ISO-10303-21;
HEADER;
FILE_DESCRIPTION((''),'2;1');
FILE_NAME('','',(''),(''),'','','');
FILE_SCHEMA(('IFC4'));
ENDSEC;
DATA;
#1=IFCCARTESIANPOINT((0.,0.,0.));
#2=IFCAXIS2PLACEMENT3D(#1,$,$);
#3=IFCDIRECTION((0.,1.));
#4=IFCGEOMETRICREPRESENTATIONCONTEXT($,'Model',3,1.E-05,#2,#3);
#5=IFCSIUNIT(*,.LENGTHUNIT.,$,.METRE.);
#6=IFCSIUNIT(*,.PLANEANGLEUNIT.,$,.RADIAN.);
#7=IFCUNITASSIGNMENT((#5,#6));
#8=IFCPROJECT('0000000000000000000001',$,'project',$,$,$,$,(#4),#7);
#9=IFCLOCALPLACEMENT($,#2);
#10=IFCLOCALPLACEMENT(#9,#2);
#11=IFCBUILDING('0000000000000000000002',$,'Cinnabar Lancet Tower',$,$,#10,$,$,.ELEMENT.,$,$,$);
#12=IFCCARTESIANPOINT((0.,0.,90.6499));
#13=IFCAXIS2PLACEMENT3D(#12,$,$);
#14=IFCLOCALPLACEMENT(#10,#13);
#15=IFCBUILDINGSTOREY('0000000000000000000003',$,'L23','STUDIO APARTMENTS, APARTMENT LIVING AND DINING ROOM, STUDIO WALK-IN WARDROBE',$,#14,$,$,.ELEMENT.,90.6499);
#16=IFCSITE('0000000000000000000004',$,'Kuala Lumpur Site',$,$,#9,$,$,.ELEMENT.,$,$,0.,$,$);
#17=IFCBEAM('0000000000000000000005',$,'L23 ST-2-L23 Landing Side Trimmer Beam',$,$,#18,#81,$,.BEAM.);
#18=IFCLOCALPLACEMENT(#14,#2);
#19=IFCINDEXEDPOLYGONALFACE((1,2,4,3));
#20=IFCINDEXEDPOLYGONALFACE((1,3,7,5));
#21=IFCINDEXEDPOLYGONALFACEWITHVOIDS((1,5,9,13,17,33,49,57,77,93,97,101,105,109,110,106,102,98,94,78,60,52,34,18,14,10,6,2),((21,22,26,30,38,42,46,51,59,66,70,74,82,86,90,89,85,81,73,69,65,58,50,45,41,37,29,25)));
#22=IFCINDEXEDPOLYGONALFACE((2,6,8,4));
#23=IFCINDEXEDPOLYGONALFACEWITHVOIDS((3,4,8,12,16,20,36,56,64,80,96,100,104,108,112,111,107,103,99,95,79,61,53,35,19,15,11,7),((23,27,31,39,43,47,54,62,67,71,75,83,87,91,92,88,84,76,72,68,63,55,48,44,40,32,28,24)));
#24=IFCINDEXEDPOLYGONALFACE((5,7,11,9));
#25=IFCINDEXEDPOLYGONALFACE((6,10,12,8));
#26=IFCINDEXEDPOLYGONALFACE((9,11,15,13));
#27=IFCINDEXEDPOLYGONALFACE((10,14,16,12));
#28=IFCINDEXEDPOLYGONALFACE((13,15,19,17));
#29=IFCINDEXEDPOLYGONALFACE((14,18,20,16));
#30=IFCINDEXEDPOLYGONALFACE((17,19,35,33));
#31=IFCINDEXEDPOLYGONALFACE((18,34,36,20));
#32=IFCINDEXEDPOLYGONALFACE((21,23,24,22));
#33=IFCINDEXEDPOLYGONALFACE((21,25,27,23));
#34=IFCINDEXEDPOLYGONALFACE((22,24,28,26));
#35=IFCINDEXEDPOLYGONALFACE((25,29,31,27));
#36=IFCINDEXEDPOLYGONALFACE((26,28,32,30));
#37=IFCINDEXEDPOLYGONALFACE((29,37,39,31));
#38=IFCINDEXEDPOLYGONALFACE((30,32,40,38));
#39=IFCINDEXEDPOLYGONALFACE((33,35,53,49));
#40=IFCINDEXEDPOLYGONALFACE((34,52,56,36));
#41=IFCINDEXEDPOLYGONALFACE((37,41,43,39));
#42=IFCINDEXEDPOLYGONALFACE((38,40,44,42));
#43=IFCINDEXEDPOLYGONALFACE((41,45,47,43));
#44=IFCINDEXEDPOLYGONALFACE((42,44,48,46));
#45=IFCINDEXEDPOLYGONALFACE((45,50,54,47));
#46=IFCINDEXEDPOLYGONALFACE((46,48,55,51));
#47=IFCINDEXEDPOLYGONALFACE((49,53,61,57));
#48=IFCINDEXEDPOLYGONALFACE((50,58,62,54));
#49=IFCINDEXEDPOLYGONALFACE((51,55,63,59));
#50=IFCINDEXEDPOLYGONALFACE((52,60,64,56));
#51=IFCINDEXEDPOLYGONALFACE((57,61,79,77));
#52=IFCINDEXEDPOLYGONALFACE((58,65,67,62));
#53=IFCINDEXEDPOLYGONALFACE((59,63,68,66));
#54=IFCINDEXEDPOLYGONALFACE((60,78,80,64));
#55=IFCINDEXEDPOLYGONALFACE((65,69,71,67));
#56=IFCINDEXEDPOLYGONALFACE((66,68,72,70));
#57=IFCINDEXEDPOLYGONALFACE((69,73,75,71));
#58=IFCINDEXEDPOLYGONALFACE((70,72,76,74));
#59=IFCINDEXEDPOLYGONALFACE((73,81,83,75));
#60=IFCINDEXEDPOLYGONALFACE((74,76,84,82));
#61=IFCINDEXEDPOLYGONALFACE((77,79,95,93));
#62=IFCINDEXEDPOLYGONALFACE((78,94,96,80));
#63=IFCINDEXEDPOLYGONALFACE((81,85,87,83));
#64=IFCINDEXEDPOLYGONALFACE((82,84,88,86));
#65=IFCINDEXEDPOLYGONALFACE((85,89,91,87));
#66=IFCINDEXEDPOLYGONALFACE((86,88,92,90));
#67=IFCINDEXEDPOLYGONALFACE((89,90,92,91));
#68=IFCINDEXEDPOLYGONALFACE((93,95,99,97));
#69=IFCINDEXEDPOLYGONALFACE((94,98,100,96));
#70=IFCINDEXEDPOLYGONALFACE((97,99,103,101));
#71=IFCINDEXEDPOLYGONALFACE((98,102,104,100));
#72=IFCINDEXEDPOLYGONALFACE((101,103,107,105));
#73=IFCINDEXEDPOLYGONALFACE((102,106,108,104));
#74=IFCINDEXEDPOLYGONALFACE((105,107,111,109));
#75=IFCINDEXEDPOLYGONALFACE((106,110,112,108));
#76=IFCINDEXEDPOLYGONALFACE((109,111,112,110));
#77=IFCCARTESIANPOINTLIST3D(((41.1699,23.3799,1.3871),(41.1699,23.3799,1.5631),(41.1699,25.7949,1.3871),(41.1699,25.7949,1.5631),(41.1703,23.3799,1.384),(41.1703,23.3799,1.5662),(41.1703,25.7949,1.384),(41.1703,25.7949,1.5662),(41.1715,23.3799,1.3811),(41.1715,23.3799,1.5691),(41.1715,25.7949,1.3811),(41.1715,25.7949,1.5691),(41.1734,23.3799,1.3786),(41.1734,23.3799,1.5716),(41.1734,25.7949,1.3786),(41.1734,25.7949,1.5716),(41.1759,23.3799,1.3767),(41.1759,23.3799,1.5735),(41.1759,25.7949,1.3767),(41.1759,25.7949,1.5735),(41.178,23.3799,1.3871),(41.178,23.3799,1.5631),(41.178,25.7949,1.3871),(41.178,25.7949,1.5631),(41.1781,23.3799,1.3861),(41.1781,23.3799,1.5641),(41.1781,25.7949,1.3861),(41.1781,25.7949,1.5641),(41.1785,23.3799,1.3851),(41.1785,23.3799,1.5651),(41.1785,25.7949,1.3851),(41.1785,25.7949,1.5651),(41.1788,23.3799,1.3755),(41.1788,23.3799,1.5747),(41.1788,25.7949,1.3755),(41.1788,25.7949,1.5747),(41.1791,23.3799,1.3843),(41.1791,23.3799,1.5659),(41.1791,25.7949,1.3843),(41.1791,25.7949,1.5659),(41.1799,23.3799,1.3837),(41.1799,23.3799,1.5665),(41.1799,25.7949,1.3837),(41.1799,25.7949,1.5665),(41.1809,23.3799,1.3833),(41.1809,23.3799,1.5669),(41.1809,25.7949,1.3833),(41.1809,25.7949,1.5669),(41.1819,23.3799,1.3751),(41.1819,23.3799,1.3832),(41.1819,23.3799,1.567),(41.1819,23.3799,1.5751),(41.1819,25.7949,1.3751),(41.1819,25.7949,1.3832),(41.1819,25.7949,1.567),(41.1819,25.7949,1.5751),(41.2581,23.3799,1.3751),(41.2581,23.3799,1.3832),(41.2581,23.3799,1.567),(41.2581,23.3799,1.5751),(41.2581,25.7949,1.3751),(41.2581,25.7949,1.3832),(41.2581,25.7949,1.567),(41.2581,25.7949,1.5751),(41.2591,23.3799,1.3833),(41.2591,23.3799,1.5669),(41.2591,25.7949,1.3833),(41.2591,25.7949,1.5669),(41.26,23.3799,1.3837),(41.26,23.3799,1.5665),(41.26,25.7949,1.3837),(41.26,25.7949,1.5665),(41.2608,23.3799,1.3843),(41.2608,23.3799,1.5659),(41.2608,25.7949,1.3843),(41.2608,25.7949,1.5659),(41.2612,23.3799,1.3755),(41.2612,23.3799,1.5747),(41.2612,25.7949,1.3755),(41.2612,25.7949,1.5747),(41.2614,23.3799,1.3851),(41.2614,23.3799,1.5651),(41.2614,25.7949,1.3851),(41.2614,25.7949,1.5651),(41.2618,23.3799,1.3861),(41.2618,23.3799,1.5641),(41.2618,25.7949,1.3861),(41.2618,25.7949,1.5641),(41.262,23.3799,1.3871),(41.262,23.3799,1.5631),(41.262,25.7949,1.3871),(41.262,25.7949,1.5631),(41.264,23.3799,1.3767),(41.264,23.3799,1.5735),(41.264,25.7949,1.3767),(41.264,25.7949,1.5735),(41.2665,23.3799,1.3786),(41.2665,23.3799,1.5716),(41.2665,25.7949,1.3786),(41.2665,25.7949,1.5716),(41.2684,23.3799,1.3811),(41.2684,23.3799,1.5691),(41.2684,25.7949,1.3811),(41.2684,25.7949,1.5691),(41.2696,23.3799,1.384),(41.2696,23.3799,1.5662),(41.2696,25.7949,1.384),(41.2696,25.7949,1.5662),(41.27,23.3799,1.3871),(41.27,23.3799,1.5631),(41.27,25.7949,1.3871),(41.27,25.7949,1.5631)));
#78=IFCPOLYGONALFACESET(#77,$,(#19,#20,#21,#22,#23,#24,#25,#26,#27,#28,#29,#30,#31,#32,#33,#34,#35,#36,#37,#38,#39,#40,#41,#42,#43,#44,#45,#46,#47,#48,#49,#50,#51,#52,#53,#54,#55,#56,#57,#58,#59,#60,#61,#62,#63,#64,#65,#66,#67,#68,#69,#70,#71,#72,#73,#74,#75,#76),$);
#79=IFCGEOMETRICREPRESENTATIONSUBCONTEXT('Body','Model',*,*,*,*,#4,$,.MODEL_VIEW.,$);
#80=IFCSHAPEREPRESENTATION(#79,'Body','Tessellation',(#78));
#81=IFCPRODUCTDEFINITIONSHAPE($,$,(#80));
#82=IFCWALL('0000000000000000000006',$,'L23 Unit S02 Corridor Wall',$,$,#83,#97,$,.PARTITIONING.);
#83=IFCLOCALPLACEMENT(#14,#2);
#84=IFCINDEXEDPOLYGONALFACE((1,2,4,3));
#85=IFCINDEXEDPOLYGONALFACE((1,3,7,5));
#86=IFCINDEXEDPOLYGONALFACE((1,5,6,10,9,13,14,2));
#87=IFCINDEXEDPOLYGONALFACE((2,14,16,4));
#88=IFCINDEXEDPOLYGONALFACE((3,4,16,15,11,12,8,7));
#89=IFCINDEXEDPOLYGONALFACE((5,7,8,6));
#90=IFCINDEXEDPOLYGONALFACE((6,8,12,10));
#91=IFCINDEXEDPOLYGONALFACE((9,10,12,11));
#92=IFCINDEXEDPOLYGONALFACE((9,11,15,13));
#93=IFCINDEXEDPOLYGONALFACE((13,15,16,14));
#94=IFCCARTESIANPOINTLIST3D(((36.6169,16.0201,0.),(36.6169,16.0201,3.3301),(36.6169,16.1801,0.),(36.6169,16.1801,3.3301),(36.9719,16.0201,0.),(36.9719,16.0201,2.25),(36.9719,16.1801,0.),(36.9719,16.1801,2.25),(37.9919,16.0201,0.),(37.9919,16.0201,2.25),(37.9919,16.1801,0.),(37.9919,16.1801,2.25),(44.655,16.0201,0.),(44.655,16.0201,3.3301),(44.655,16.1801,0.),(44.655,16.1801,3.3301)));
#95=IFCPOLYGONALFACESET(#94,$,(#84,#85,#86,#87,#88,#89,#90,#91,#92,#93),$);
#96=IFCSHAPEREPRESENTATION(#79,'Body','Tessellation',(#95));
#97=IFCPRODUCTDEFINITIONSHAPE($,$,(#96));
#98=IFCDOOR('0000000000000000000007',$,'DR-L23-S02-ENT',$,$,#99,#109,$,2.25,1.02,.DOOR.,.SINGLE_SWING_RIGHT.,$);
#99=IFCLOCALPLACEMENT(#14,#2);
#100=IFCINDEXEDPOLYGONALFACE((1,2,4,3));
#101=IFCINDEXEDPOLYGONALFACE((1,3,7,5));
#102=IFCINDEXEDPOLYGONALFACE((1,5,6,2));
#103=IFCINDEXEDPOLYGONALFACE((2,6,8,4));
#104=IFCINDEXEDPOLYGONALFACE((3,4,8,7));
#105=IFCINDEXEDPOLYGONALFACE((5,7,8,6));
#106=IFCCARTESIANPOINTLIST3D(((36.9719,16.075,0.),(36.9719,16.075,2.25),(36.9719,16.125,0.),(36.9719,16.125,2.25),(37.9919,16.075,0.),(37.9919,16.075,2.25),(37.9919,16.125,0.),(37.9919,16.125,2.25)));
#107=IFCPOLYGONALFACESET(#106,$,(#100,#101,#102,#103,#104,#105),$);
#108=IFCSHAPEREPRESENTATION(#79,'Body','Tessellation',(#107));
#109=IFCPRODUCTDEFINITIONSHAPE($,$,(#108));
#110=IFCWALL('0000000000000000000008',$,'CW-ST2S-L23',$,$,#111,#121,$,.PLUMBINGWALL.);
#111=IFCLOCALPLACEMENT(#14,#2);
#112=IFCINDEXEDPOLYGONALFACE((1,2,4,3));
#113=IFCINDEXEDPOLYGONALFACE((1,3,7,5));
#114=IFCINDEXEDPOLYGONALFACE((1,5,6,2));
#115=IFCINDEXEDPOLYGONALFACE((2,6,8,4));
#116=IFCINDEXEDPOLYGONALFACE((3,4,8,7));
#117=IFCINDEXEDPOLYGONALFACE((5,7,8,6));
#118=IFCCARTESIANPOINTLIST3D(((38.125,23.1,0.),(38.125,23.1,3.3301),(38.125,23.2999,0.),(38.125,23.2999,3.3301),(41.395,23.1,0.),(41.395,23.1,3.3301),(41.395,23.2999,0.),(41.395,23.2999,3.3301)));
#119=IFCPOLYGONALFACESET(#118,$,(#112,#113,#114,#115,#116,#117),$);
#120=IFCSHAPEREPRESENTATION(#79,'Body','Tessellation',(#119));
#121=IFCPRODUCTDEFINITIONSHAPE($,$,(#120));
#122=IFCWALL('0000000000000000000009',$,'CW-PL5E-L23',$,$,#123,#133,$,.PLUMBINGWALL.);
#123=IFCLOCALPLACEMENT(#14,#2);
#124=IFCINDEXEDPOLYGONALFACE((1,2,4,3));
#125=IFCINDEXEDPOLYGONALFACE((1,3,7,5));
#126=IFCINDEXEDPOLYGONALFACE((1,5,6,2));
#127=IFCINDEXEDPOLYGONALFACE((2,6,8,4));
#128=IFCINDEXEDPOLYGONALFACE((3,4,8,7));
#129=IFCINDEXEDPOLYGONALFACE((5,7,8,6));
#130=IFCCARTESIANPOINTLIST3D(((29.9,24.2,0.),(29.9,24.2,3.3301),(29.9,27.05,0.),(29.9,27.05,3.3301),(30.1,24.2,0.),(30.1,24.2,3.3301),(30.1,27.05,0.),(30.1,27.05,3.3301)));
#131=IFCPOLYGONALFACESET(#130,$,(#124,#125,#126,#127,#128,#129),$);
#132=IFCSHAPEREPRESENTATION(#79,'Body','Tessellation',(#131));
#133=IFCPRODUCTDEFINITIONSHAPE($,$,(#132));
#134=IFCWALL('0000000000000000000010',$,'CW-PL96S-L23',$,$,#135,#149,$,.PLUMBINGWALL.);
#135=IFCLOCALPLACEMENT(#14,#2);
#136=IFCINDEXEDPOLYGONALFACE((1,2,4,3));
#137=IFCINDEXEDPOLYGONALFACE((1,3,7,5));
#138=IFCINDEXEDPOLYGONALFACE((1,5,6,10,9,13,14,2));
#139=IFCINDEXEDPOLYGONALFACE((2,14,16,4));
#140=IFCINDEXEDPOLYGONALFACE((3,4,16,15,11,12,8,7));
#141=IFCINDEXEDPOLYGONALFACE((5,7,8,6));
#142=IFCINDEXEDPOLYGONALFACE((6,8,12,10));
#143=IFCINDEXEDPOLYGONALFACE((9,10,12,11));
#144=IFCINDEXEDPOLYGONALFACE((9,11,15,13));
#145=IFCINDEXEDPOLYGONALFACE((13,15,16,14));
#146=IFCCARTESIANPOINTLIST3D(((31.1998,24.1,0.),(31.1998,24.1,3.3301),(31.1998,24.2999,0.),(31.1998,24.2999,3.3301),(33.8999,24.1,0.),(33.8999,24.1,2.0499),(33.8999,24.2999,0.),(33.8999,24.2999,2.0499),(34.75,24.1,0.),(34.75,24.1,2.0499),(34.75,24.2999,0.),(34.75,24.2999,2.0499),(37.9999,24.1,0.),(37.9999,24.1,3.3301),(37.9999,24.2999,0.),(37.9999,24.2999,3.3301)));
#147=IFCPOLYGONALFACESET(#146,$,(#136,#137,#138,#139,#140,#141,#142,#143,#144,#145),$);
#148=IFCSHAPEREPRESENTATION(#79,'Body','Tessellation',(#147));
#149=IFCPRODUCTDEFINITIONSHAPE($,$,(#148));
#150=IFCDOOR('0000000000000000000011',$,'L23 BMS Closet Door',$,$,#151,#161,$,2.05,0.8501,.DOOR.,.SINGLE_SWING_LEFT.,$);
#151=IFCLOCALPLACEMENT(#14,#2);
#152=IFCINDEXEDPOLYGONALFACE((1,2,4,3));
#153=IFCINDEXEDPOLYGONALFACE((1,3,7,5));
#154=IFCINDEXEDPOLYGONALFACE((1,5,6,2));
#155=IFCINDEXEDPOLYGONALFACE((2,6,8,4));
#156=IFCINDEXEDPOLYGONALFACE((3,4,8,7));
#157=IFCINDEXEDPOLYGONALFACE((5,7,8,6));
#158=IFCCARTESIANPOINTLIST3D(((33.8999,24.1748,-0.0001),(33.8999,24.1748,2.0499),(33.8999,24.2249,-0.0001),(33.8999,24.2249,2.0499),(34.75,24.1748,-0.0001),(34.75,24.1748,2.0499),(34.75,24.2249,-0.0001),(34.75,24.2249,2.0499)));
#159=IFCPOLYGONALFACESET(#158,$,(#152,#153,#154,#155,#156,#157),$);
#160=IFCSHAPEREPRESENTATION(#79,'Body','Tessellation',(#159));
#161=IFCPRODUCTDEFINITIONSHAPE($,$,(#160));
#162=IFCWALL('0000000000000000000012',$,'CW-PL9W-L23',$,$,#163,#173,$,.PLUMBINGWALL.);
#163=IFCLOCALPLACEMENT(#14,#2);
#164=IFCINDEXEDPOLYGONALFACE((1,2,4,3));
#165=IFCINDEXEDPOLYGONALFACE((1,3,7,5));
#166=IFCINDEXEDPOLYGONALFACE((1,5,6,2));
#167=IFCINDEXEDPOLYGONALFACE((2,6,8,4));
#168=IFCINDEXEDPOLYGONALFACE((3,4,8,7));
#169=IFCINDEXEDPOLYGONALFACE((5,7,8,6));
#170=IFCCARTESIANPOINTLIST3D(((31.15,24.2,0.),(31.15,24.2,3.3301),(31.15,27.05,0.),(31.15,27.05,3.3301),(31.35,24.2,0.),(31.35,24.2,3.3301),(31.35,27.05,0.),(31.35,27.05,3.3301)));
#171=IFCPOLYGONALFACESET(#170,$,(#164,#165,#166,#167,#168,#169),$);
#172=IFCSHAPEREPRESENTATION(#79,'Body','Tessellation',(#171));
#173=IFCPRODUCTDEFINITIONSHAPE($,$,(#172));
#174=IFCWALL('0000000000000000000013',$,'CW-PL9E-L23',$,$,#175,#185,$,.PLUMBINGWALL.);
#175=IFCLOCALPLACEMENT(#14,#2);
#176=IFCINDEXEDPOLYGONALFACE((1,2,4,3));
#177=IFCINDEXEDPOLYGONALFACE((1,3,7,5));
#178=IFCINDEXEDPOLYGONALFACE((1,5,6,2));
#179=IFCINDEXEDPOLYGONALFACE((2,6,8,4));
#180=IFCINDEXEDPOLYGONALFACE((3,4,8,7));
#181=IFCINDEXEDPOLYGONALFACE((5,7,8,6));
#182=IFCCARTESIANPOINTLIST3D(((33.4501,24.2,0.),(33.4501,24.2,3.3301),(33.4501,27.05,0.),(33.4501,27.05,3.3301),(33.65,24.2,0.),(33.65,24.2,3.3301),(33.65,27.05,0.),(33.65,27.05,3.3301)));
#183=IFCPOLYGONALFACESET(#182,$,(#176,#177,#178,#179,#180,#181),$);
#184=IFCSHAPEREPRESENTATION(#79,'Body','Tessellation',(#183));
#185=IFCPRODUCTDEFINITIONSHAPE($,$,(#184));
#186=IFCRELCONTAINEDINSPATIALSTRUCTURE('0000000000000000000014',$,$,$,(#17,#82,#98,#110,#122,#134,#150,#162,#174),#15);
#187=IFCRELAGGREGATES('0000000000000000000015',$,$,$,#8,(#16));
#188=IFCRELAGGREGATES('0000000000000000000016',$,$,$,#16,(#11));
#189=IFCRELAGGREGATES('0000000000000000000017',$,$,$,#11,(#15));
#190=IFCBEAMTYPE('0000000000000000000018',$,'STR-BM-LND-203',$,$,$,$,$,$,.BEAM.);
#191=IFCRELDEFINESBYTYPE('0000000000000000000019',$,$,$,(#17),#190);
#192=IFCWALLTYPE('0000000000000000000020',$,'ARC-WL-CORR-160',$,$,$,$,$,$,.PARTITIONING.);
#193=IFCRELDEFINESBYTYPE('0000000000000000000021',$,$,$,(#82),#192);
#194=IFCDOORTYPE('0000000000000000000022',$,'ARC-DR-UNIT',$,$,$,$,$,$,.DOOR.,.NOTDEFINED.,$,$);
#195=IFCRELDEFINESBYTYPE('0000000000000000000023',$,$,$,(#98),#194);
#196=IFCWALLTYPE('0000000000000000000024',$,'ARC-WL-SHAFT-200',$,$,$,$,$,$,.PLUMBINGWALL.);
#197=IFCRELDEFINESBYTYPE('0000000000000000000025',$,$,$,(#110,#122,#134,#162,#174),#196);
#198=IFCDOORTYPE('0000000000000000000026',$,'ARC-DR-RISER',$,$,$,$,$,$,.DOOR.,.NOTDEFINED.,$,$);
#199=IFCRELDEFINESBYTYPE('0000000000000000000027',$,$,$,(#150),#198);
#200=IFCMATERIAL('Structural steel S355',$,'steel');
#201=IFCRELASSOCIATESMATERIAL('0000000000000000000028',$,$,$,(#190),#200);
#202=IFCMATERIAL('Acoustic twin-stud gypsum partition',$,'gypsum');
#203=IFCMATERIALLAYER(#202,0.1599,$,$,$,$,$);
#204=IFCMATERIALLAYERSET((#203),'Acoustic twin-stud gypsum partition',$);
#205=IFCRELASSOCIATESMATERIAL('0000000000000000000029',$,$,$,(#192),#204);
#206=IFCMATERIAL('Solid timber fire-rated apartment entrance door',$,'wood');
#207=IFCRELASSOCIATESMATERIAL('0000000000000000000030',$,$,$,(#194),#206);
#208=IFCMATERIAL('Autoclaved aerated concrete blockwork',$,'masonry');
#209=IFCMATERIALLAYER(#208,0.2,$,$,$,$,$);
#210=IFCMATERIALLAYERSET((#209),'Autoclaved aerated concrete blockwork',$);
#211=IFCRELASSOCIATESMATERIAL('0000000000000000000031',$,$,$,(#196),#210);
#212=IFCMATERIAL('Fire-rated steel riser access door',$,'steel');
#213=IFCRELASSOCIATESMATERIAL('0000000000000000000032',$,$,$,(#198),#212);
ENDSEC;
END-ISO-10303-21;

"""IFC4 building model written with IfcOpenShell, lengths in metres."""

from ifc_helpers import new_model, si_unit, direction, frame, frame_2d, origin, origin_2d, place, context, subcontext, project, spatial, rectangle, hollow_rectangle, extrude, material, layer, layer_set, material_profile, profile_set, type_object, element, fill, save


model = new_model("IFC4")

# Units and contexts
model_context = context("Model", 3, precision=1e-05, world=origin(), true_north=direction((0.0, 1.0)))
body_context = subcontext(model_context, "Body", "Model", "MODEL_VIEW")
ifc_project = project(units=[si_unit("LENGTHUNIT", "METRE"), si_unit("PLANEANGLEUNIT", "RADIAN")], contexts=[model_context])

# Site, building, storey
site_placement = place(None, origin())
site = spatial("IfcSite", under=ifc_project, at=site_placement, Name="Kuala Lumpur Site", CompositionType="ELEMENT", RefElevation=0.0)
building_placement = place(site_placement, origin())
building = spatial("IfcBuilding", under=site, at=building_placement, Name="Cinnabar Lancet Tower", CompositionType="ELEMENT")
storey_placement = place(building_placement, frame((0.0, 0.0, 90.6499)))
storey = spatial("IfcBuildingStorey", under=building, at=storey_placement, Name="L23", Description="STUDIO APARTMENTS, APARTMENT LIVING AND DINING ROOM, STUDIO WALK-IN WARDROBE", CompositionType="ELEMENT", Elevation=90.6499)

# Beam
ifc_material_1 = material(Name="Structural steel S355", Category="steel")
ifc_material_profile_1 = material_profile(ifc_material_1, hollow_rectangle(XDim=0.1001, YDim=0.2, WallThickness=0.0081, InnerFilletRadius=0.0039, OuterFilletRadius=0.012, at=origin_2d()), Name="RHS 200x100x8")
ifc_profile_set_1 = profile_set([ifc_material_profile_1], Name="Structural steel S355")
beam_type_1 = type_object("IfcBeamType", Name="STR-BM-LND-203", PredefinedType="BEAM", material=ifc_profile_set_1)
beam_1_placement = place(storey_placement, frame((41.22, 23.3799, 1.4751), z_axis=(0.0, 1.0, 0.0), x_axis=(-1.0, 0.0, 0.0)))
element("IfcBeam", 1, at=beam_1_placement, inside=storey, type_object=beam_type_1, Name="L23 ST-2-L23 Landing Side Trimmer Beam", PredefinedType="BEAM", context=body_context, shape_type="SweptSolid", body=[
    extrude(hollow_rectangle(XDim=0.1001, YDim=0.2, WallThickness=0.0081, InnerFilletRadius=0.0039, OuterFilletRadius=0.012, at=origin_2d()), origin(), (0.0, 0.0, 1.0), 2.415),
])

# Wall, opening, door
ifc_material_2 = material(Name="Acoustic twin-stud gypsum partition", Category="gypsum")
ifc_layer_1 = layer(ifc_material_2, 0.1599)
ifc_layer_set_1 = layer_set([ifc_layer_1], Name="Acoustic twin-stud gypsum partition")
wall_type_1 = type_object("IfcWallType", Name="ARC-WL-CORR-160", PredefinedType="PARTITIONING", material=ifc_layer_set_1)
wall_1_placement = place(storey_placement, frame((36.6169, 16.1001, 0.0), z_axis=(0.0, 0.0, 1.0), x_axis=(1.0, 0.0, 0.0)))
wall_1 = element("IfcWall", 2, at=wall_1_placement, inside=storey, type_object=wall_type_1, Name="L23 Unit S02 Corridor Wall", PredefinedType="PARTITIONING", context=body_context, shape_type="SweptSolid", body=[
    extrude(rectangle(XDim=8.0381, YDim=0.1599, at=frame_2d((4.019, 0.0))), origin(), (0.0, 0.0, 1.0), 3.3301),
])
opening_1_placement = place(wall_1_placement, frame((0.355, 0.0, 0.0)))
opening_1 = element("IfcOpeningElement", 3, at=opening_1_placement, cuts=wall_1, PredefinedType="OPENING", context=body_context, shape_type="SweptSolid", body=[
    extrude(rectangle(XDim=1.02, YDim=2.25, at=frame_2d((0.51, 1.125))), frame((0.0, 0.0898, 0.0), z_axis=(0.0, -1.0, 0.0), x_axis=(1.0, 0.0, 0.0)), (0.0, 0.0, 1.0), 0.1799),
])
ifc_material_3 = material(Name="Solid timber fire-rated apartment entrance door", Category="wood")
door_type_1 = type_object("IfcDoorType", Name="ARC-DR-UNIT", OperationType="NOTDEFINED", PredefinedType="DOOR", material=ifc_material_3)
door_1_placement = place(opening_1_placement, origin())
door_1 = element("IfcDoor", 4, at=door_1_placement, inside=storey, type_object=door_type_1, Name="DR-L23-S02-ENT", OperationType="SINGLE_SWING_RIGHT", OverallHeight=2.25, OverallWidth=1.02, PredefinedType="DOOR", context=body_context, shape_type="SweptSolid", body=[
    extrude(rectangle(XDim=1.02, YDim=2.25, at=frame_2d((0.51, 1.125))), frame((0.0, 0.0249, 0.0), z_axis=(0.0, -1.0, 0.0), x_axis=(1.0, 0.0, 0.0)), (0.0, 0.0, 1.0), 0.05),
])
fill(opening_1, door_1)

# Walls
ifc_material_4 = material(Name="Autoclaved aerated concrete blockwork", Category="masonry")
ifc_layer_2 = layer(ifc_material_4, 0.2)
ifc_layer_set_2 = layer_set([ifc_layer_2], Name="Autoclaved aerated concrete blockwork")
wall_type_2 = type_object("IfcWallType", Name="ARC-WL-SHAFT-200", PredefinedType="PLUMBINGWALL", material=ifc_layer_set_2)
wall_2_placement = place(storey_placement, frame((38.125, 23.2, 0.0), z_axis=(0.0, 0.0, 1.0), x_axis=(1.0, 0.0, 0.0)))
element("IfcWall", 5, at=wall_2_placement, inside=storey, type_object=wall_type_2, Name="CW-ST2S-L23", PredefinedType="PLUMBINGWALL", context=body_context, shape_type="SweptSolid", body=[
    extrude(rectangle(XDim=3.27, YDim=0.2, at=frame_2d((1.635, 0.0))), origin(), (0.0, 0.0, 1.0), 3.3301),
])
wall_3_placement = place(storey_placement, frame((30.0, 24.2, 0.0), z_axis=(0.0, 0.0, 1.0), x_axis=(0.0, 1.0, 0.0)))
element("IfcWall", 6, at=wall_3_placement, inside=storey, type_object=wall_type_2, Name="CW-PL5E-L23", PredefinedType="PLUMBINGWALL", context=body_context, shape_type="SweptSolid", body=[
    extrude(rectangle(XDim=2.8501, YDim=0.2, at=frame_2d((1.425, 0.0))), origin(), (0.0, 0.0, 1.0), 3.3301),
])

# Wall, opening, door
wall_4_placement = place(storey_placement, frame((31.2, 24.2, 0.0), z_axis=(0.0, 0.0, 1.0), x_axis=(1.0, 0.0, 0.0)))
wall_4 = element("IfcWall", 7, at=wall_4_placement, inside=storey, type_object=wall_type_2, Name="CW-PL96S-L23", PredefinedType="PLUMBINGWALL", context=body_context, shape_type="SweptSolid", body=[
    extrude(rectangle(XDim=6.8, YDim=0.2, at=frame_2d((3.3999, 0.0))), origin(), (0.0, 0.0, 1.0), 3.3301),
])
opening_2_placement = place(wall_4_placement, frame((2.7, 0.0, 0.0)))
opening_2 = element("IfcOpeningElement", 8, at=opening_2_placement, cuts=wall_4, PredefinedType="OPENING", context=body_context, shape_type="SweptSolid", body=[
    extrude(rectangle(XDim=0.8501, YDim=2.05, at=frame_2d((0.425, 1.0249))), frame((0.0, 0.1099, 0.0), z_axis=(0.0, -1.0, 0.0), x_axis=(1.0, 0.0, 0.0)), (0.0, 0.0, 1.0), 0.22),
])
ifc_material_5 = material(Name="Fire-rated steel riser access door", Category="steel")
door_type_2 = type_object("IfcDoorType", Name="ARC-DR-RISER", OperationType="NOTDEFINED", PredefinedType="DOOR", material=ifc_material_5)
door_2_placement = place(opening_2_placement, origin())
door_2 = element("IfcDoor", 9, at=door_2_placement, inside=storey, type_object=door_type_2, Name="L23 BMS Closet Door", OperationType="SINGLE_SWING_LEFT", OverallHeight=2.05, OverallWidth=0.8501, PredefinedType="DOOR", context=body_context, shape_type="SweptSolid", body=[
    extrude(rectangle(XDim=0.8501, YDim=2.05, at=frame_2d((0.425, 1.0249))), frame((0.0, 0.0249, 0.0), z_axis=(0.0, -1.0, 0.0), x_axis=(1.0, 0.0, 0.0)), (0.0, 0.0, 1.0), 0.05),
])
fill(opening_2, door_2)

# Walls
for number, where, z_axis, x_axis, name in (
    (10, (31.25, 24.2, 0.0), (0.0, 0.0, 1.0), (0.0, 1.0, 0.0), "CW-PL9W-L23"),
    (11, (33.55, 24.2, 0.0), (0.0, 0.0, 1.0), (0.0, 1.0, 0.0), "CW-PL9E-L23"),
):
    element("IfcWall", number, at=place(storey_placement, frame(where, z_axis=z_axis, x_axis=x_axis)), inside=storey, type_object=wall_type_2, Name=name, PredefinedType="PLUMBINGWALL", context=body_context, shape_type="SweptSolid", body=[
        extrude(rectangle(XDim=2.8501, YDim=0.2, at=frame_2d((1.425, 0.0))), origin(), (0.0, 0.0, 1.0), 3.3301),
    ])

save(model, "model.ifc")
